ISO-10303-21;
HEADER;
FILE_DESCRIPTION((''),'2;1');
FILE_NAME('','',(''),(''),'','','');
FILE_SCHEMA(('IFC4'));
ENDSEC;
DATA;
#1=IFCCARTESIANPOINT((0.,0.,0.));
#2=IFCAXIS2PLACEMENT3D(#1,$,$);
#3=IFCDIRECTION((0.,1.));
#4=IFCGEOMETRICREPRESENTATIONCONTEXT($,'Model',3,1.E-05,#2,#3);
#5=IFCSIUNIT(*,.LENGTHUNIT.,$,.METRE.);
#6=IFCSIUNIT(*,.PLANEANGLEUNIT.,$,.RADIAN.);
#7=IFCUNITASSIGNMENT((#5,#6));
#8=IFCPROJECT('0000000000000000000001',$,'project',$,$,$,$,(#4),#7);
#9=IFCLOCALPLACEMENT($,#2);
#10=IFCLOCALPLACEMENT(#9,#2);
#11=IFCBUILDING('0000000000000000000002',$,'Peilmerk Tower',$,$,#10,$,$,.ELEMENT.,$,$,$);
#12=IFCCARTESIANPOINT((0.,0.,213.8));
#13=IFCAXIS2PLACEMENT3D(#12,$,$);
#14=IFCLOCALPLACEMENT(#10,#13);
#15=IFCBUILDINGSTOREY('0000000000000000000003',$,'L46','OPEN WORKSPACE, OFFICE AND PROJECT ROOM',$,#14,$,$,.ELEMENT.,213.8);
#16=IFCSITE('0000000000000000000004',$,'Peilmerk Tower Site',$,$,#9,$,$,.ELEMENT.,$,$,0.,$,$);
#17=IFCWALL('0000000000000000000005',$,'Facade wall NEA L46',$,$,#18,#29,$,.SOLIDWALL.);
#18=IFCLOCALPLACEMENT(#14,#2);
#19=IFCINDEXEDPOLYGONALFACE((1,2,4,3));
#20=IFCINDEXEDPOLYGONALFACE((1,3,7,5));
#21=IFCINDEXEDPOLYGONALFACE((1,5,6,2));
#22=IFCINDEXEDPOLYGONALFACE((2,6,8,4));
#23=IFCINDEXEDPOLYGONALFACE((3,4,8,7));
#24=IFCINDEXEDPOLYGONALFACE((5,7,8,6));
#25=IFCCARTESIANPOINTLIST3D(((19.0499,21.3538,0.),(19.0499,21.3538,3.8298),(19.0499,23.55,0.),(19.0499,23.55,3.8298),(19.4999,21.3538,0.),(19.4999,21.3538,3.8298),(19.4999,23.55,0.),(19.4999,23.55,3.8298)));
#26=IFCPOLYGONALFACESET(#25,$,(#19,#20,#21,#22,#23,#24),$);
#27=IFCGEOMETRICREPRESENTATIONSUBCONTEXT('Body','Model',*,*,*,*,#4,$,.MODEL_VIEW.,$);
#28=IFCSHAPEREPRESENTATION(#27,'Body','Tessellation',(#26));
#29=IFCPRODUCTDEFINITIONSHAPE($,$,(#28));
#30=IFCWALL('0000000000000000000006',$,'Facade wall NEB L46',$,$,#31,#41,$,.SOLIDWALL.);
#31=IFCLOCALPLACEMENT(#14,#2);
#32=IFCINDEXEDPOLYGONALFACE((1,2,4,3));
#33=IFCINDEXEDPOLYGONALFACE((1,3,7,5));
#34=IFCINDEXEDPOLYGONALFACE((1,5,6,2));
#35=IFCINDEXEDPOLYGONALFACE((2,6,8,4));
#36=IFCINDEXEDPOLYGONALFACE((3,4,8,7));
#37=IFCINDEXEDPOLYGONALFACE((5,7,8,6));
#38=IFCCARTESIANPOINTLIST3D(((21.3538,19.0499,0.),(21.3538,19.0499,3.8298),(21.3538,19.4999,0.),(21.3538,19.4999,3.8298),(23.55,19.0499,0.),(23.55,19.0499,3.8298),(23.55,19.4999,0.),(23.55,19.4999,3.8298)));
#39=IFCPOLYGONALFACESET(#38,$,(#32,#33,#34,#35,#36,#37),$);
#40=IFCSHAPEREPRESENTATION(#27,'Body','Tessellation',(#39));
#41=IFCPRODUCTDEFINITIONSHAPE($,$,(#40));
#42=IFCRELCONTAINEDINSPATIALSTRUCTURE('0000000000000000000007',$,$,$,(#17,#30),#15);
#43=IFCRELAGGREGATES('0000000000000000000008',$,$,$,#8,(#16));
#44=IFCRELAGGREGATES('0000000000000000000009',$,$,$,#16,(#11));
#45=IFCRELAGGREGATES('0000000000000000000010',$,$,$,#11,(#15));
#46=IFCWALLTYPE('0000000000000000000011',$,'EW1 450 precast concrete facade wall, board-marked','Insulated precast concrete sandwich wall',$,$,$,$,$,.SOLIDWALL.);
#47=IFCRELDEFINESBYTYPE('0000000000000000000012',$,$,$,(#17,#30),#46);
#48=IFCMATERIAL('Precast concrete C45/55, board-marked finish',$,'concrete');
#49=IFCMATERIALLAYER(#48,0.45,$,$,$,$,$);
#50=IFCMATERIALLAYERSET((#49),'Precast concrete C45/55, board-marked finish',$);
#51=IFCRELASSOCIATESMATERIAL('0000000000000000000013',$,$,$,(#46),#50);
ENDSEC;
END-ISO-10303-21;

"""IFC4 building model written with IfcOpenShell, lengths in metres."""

from ifc_helpers import new_model, si_unit, direction, frame, frame_2d, origin, place, context, subcontext, project, spatial, rectangle, extrude, material, layer, layer_set, type_object, element, save


model = new_model("IFC4")

# Units and contexts
model_context = context("Model", 3, precision=1e-05, world=origin(), true_north=direction((0.0, 1.0)))
body_context = subcontext(model_context, "Body", "Model", "MODEL_VIEW")
ifc_project = project(units=[si_unit("LENGTHUNIT", "METRE"), si_unit("PLANEANGLEUNIT", "RADIAN")], contexts=[model_context])

# Site, building, storey
site_placement = place(None, origin())
site = spatial("IfcSite", under=ifc_project, at=site_placement, Name="Peilmerk Tower Site", CompositionType="ELEMENT", RefElevation=0.0)
building_placement = place(site_placement, origin())
building = spatial("IfcBuilding", under=site, at=building_placement, Name="Peilmerk Tower", CompositionType="ELEMENT")
storey_placement = place(building_placement, frame((0.0, 0.0, 213.8)))
storey = spatial("IfcBuildingStorey", under=building, at=storey_placement, Name="L46", Description="OPEN WORKSPACE, OFFICE AND PROJECT ROOM", CompositionType="ELEMENT", Elevation=213.8)

# Shared definitions
ifc_material_1 = material(Name="Precast concrete C45/55, board-marked finish", Category="concrete")
ifc_layer_1 = layer(ifc_material_1, 0.45)
ifc_layer_set_1 = layer_set([ifc_layer_1], Name="Precast concrete C45/55, board-marked finish")
wall_type = type_object("IfcWallType", Name="EW1 450 precast concrete facade wall, board-marked", Description="Insulated precast concrete sandwich wall", PredefinedType="SOLIDWALL", material=ifc_layer_set_1)

# Walls
for number, where, z_axis, x_axis, name in (
    (1, (19.2749, 21.3538, 0.0), (0.0, 0.0, 1.0), (0.0, 1.0, 0.0), "Facade wall NEA L46"),
    (2, (21.3538, 19.2749, 0.0), (0.0, 0.0, 1.0), (1.0, 0.0, 0.0), "Facade wall NEB L46"),
):
    element("IfcWall", number, at=place(storey_placement, frame(where, z_axis=z_axis, x_axis=x_axis)), inside=storey, type_object=wall_type, Name=name, PredefinedType="SOLIDWALL", context=body_context, shape_type="SweptSolid", body=[
        extrude(rectangle(XDim=2.1963, YDim=0.45, at=frame_2d((1.0981, 0.0))), origin(), (0.0, 0.0, 1.0), 3.8298),
    ])

save(model, "model.ifc")
